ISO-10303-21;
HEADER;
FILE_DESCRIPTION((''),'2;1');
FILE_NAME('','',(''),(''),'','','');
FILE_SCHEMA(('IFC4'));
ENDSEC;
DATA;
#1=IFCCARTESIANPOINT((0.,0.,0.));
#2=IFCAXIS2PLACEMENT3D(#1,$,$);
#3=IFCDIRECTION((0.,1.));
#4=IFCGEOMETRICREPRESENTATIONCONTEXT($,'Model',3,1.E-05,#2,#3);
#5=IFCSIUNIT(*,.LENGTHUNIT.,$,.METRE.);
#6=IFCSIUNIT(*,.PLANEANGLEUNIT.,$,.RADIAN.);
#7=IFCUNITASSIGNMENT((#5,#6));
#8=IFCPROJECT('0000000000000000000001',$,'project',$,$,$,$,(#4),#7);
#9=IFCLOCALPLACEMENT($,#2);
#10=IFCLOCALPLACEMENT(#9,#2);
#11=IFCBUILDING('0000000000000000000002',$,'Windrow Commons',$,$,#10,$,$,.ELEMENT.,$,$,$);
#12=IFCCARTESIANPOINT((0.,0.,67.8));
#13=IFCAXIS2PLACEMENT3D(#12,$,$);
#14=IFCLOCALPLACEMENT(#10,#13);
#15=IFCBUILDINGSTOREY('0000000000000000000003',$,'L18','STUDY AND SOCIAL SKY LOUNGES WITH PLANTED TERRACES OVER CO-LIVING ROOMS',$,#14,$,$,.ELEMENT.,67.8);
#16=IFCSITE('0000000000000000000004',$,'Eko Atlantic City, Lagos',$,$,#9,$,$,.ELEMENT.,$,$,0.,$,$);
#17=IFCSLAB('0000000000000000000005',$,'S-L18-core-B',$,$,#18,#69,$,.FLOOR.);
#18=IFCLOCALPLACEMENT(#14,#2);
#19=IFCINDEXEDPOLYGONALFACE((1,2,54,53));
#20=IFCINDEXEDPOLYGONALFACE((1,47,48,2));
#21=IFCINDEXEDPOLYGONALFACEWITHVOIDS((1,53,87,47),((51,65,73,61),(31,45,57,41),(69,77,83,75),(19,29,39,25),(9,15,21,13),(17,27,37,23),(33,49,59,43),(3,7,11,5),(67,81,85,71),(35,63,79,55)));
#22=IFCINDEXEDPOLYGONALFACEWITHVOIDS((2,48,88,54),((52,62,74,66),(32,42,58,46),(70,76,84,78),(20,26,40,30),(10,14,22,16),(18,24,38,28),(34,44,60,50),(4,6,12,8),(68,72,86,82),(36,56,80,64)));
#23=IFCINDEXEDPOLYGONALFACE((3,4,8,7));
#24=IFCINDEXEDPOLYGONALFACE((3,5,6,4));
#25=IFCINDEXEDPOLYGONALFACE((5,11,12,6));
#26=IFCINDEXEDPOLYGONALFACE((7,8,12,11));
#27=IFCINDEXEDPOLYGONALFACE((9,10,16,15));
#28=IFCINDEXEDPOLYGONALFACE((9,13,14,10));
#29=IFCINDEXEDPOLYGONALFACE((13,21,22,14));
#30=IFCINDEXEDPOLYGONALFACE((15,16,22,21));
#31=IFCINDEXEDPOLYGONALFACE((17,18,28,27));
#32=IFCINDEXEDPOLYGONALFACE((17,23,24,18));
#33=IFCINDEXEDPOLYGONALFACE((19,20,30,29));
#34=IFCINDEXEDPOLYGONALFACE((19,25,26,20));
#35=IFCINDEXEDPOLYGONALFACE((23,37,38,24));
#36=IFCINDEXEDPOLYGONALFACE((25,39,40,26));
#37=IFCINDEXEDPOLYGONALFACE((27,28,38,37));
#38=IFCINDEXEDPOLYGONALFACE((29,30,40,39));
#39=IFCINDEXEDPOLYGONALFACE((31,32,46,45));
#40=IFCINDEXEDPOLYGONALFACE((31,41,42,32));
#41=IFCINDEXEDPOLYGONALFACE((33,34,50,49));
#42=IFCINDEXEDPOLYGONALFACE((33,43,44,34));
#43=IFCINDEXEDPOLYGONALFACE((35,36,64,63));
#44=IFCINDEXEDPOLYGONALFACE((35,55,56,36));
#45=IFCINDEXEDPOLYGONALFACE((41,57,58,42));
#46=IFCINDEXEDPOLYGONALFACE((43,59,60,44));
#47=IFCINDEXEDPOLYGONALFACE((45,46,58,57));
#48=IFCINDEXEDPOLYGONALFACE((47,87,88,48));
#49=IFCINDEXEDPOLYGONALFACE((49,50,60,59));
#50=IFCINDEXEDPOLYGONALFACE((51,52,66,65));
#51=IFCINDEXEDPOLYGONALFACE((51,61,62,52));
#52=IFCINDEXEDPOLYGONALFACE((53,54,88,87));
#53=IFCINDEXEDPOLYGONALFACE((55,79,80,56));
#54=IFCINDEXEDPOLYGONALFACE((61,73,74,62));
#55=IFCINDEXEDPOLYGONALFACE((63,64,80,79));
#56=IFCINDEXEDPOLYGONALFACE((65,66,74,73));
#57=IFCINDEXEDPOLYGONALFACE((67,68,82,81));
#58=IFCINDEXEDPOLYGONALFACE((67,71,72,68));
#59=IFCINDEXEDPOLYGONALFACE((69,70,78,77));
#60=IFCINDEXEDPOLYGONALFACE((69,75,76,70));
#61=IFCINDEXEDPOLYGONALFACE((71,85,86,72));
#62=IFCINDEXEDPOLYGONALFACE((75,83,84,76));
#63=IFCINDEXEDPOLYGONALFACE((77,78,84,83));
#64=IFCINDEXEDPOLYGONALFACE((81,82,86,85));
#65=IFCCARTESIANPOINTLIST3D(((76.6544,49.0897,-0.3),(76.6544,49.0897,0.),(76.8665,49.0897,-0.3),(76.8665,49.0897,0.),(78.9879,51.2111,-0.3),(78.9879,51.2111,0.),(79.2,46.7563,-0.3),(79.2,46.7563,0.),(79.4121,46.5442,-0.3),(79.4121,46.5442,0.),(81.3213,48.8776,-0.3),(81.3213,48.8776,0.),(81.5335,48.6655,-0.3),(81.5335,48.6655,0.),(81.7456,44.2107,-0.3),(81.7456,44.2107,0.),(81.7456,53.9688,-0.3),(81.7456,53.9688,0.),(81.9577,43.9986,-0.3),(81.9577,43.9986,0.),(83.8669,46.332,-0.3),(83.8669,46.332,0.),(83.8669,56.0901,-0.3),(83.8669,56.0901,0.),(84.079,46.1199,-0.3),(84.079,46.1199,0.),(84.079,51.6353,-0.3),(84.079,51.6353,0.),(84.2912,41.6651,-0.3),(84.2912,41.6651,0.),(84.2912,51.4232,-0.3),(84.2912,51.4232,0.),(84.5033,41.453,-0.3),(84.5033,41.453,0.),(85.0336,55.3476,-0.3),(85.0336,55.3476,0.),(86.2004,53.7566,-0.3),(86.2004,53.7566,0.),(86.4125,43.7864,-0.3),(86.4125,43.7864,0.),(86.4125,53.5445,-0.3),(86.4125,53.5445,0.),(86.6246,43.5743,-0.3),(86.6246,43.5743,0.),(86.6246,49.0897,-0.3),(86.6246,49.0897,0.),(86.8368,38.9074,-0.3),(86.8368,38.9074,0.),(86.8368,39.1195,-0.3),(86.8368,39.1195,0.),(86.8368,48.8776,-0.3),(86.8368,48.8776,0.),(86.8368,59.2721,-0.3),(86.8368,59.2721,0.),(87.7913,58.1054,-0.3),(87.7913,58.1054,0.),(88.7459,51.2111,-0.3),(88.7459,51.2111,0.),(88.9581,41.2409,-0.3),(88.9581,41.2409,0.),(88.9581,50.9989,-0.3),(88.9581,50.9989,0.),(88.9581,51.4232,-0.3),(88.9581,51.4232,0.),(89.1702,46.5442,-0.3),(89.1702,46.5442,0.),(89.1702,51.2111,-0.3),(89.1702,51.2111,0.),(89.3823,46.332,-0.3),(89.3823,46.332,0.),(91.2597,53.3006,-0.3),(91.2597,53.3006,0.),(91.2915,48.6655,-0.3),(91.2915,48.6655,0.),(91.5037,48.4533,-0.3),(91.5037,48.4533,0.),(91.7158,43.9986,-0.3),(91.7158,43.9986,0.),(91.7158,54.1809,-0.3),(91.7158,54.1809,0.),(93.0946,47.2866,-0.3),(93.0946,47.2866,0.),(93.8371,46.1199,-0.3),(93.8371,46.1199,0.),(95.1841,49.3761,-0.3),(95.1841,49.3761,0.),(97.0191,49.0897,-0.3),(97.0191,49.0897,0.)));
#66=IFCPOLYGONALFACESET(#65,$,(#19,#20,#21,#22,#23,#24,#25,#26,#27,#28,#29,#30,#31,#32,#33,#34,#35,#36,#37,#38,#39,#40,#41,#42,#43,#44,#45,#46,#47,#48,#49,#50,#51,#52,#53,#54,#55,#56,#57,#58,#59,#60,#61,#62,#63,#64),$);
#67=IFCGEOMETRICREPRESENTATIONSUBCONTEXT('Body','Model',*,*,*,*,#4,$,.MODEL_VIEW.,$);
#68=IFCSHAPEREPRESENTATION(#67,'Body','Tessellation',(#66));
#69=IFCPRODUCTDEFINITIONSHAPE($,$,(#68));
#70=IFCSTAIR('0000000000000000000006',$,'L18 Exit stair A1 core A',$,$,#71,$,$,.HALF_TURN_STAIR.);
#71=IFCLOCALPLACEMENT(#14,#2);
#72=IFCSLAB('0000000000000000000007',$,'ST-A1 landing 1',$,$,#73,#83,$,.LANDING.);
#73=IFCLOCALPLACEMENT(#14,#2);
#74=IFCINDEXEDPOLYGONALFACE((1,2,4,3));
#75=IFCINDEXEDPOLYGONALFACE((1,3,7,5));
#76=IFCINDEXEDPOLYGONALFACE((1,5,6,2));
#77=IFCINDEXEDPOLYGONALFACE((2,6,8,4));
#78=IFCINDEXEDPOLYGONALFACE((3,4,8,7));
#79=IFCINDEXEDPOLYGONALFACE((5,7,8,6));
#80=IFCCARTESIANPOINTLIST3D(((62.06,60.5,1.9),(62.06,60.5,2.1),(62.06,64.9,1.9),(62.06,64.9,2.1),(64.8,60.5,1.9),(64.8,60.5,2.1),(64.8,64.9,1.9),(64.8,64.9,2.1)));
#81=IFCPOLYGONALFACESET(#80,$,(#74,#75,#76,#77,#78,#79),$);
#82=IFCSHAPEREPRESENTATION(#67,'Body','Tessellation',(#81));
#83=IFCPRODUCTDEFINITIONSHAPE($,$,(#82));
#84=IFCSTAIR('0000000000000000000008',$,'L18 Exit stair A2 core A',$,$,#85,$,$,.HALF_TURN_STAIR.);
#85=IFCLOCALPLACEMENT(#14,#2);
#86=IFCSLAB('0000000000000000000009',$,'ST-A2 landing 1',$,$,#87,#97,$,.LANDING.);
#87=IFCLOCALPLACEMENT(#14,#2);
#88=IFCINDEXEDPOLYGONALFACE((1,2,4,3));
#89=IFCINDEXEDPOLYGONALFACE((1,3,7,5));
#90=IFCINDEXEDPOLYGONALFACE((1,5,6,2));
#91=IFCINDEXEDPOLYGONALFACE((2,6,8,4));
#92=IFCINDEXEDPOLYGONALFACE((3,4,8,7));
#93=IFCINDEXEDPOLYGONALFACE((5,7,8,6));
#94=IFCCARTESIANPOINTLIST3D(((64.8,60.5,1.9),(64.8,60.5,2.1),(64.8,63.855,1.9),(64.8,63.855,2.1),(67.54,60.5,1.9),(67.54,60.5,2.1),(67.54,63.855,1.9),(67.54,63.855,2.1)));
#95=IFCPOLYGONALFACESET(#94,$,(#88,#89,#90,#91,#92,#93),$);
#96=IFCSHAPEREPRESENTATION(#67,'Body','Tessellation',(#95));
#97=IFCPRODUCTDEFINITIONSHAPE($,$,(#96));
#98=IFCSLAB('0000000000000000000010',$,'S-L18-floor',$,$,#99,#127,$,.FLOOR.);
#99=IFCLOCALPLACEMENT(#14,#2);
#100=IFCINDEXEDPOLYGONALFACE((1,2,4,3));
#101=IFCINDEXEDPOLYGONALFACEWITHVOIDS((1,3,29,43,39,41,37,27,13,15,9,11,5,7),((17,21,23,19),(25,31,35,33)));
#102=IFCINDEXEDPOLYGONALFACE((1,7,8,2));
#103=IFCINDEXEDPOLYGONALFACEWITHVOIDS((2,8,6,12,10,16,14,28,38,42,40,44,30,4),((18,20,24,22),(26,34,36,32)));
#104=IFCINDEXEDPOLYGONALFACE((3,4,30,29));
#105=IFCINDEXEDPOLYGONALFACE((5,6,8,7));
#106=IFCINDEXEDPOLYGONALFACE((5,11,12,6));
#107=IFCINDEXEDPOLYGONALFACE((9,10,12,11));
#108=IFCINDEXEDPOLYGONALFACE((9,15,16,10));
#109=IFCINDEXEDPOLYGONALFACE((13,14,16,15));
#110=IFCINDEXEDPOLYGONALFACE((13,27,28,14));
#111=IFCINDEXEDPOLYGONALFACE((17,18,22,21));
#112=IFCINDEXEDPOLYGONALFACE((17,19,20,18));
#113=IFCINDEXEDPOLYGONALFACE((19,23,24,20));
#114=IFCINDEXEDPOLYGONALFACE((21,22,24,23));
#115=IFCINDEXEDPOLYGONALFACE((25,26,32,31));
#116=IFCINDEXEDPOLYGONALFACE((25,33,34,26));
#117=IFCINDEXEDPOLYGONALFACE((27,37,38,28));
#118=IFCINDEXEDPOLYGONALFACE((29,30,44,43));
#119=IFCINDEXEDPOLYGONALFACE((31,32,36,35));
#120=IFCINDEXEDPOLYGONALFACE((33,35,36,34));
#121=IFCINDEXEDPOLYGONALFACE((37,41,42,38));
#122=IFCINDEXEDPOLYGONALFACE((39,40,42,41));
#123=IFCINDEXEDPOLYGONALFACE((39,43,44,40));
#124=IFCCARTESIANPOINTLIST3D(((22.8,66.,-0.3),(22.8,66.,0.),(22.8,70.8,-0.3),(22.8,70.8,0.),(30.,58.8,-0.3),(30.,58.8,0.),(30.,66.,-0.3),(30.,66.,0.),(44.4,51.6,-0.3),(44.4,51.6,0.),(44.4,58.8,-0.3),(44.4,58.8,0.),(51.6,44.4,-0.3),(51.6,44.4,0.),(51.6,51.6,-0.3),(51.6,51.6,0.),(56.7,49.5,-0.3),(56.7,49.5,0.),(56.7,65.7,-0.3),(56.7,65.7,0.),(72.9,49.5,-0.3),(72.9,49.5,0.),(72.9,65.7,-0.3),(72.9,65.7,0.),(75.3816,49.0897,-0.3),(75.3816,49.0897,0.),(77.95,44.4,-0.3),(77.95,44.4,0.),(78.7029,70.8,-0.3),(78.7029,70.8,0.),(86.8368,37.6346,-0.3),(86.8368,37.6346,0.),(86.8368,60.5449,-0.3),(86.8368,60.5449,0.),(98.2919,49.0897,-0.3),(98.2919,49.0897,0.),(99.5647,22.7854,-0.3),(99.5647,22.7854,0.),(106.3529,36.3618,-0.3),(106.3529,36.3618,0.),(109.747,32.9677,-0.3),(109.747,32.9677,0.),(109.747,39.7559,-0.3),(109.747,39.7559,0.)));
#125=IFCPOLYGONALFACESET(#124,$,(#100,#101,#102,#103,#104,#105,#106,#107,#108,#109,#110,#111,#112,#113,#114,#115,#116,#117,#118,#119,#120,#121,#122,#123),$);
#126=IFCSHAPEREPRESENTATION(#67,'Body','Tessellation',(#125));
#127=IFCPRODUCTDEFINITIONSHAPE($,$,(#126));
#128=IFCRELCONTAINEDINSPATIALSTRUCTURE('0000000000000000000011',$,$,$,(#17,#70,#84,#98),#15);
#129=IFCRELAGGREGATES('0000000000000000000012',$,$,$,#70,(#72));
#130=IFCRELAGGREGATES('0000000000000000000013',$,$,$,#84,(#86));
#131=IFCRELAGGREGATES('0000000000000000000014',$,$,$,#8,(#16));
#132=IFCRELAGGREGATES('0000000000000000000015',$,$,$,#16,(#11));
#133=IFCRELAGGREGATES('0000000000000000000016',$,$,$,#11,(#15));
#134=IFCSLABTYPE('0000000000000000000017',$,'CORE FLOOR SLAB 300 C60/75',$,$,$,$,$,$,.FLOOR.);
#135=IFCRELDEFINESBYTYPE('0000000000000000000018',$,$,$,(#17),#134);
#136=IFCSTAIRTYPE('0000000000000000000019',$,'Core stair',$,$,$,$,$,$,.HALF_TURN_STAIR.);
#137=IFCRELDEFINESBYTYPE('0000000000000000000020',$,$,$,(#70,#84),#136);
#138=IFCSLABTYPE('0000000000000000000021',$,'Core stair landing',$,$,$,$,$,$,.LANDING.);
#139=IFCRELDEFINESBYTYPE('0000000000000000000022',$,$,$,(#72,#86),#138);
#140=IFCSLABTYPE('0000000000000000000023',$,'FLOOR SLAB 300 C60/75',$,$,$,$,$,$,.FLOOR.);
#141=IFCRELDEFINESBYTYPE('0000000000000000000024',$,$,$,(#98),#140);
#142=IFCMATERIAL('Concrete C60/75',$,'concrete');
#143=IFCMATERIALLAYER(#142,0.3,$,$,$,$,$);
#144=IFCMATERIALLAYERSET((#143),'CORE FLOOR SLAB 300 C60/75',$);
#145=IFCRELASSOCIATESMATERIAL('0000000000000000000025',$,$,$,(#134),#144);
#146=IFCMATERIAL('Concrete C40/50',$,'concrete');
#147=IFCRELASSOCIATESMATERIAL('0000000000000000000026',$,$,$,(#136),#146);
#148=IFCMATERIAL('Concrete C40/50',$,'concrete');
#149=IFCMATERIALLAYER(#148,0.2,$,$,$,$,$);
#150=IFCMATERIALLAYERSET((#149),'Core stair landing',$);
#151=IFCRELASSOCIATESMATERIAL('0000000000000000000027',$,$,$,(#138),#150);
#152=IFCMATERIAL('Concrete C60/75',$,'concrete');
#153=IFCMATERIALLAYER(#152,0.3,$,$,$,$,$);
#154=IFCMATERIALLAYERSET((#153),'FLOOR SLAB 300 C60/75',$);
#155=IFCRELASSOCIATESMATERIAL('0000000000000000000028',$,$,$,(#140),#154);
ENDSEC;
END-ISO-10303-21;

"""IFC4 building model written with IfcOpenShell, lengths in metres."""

from ifc_helpers import new_model, si_unit, direction, frame, origin, place, context, subcontext, project, spatial, polyline, outline, extrude, material, layer, layer_set, type_object, element, aggregate, save


model = new_model("IFC4")

# Units and contexts
model_context = context("Model", 3, precision=1e-05, world=origin(), true_north=direction((0.0, 1.0)))
body_context = subcontext(model_context, "Body", "Model", "MODEL_VIEW")
ifc_project = project(units=[si_unit("LENGTHUNIT", "METRE"), si_unit("PLANEANGLEUNIT", "RADIAN")], contexts=[model_context])

# Site, building, storey
site_placement = place(None, origin())
site = spatial("IfcSite", under=ifc_project, at=site_placement, Name="Eko Atlantic City, Lagos", CompositionType="ELEMENT", RefElevation=0.0)
building_placement = place(site_placement, origin())
building = spatial("IfcBuilding", under=site, at=building_placement, Name="Windrow Commons", CompositionType="ELEMENT")
storey_placement = place(building_placement, frame((0.0, 0.0, 67.8)))
storey = spatial("IfcBuildingStorey", under=building, at=storey_placement, Name="L18", Description="STUDY AND SOCIAL SKY LOUNGES WITH PLANTED TERRACES OVER CO-LIVING ROOMS", CompositionType="ELEMENT", Elevation=67.8)

# Slab, openings
ifc_material_1 = material(Name="Concrete C60/75", Category="concrete")
ifc_layer_1 = layer(ifc_material_1, 0.3)
ifc_layer_set_1 = layer_set([ifc_layer_1], Name="CORE FLOOR SLAB 300 C60/75")
slab_type_1 = type_object("IfcSlabType", Name="CORE FLOOR SLAB 300 C60/75", PredefinedType="FLOOR", material=ifc_layer_set_1)
placement_1 = place(storey_placement, frame((0.0, 0.0, -0.3)))
slab_1 = element("IfcSlab", 1, at=placement_1, inside=storey, type_object=slab_type_1, Name="S-L18-core-B", PredefinedType="FLOOR", context=body_context, shape_type="SweptSolid", body=[
    extrude(outline(polyline([(76.6544, 49.0897), (86.8368, 38.9074), (97.0191, 49.0897), (86.8368, 59.2721), (76.6544, 49.0897)]), holes=[polyline([(76.8665, 49.0897), (79.2, 46.7563), (81.3213, 48.8776), (78.9879, 51.2111), (76.8665, 49.0897)]), polyline([(79.4121, 46.5442), (81.7456, 44.2107), (83.8669, 46.332), (81.5335, 48.6655), (79.4121, 46.5442)]), polyline([(81.9577, 43.9986), (84.2912, 41.6651), (86.4125, 43.7864), (84.079, 46.1199), (81.9577, 43.9986)]), polyline([(84.5033, 41.453), (86.8368, 39.1195), (88.9581, 41.2409), (86.6246, 43.5743), (84.5033, 41.453)]), polyline([(81.7456, 53.9688), (84.079, 51.6353), (86.2004, 53.7566), (83.8669, 56.0901), (81.7456, 53.9688)]), polyline([(84.2912, 51.4232), (86.6246, 49.0897), (88.7459, 51.2111), (86.4125, 53.5445), (84.2912, 51.4232)]), polyline([(86.8368, 48.8776), (89.1702, 46.5442), (91.2915, 48.6655), (88.9581, 50.9989), (86.8368, 48.8776)]), polyline([(89.3823, 46.332), (91.7158, 43.9986), (93.8371, 46.1199), (91.5037, 48.4533), (89.3823, 46.332)]), polyline([(85.0336, 55.3476), (88.9581, 51.4232), (91.7158, 54.1809), (87.7913, 58.1054), (85.0336, 55.3476)]), polyline([(89.1702, 51.2111), (93.0946, 47.2866), (95.1841, 49.3761), (91.2597, 53.3006), (89.1702, 51.2111)])]), origin(), (0.0, 0.0, 1.0), 0.3),
])
opening_1_placement = place(placement_1, origin())
element("IfcOpeningElement", 2, at=opening_1_placement, cuts=slab_1, PredefinedType="OPENING", context=body_context, shape_type="SweptSolid", body=[
    extrude(outline(polyline([(76.8736, 49.0897), (78.9879, 51.204), (81.3142, 48.8776), (79.2, 46.7634), (76.8736, 49.0897)])), origin(), (0.0, 0.0, 1.0), 0.3),
])
opening_2_placement = place(placement_1, origin())
element("IfcOpeningElement", 3, at=opening_2_placement, cuts=slab_1, PredefinedType="OPENING", context=body_context, shape_type="SweptSolid", body=[
    extrude(outline(polyline([(79.4192, 46.5442), (81.5335, 48.6584), (83.8598, 46.332), (81.7456, 44.2178), (79.4192, 46.5442)])), origin(), (0.0, 0.0, 1.0), 0.3),
])
opening_3_placement = place(placement_1, origin())
element("IfcOpeningElement", 4, at=opening_3_placement, cuts=slab_1, PredefinedType="OPENING", context=body_context, shape_type="SweptSolid", body=[
    extrude(outline(polyline([(81.9648, 43.9986), (84.079, 46.1128), (86.4054, 43.7864), (84.2912, 41.6722), (81.9648, 43.9986)])), origin(), (0.0, 0.0, 1.0), 0.3),
])
opening_4_placement = place(placement_1, origin())
element("IfcOpeningElement", 5, at=opening_4_placement, cuts=slab_1, PredefinedType="OPENING", context=body_context, shape_type="SweptSolid", body=[
    extrude(outline(polyline([(84.5104, 41.453), (86.6246, 43.5672), (88.951, 41.2409), (86.8368, 39.1266), (84.5104, 41.453)])), origin(), (0.0, 0.0, 1.0), 0.3),
])
opening_5_placement = place(placement_1, origin())
element("IfcOpeningElement", 6, at=opening_5_placement, cuts=slab_1, PredefinedType="OPENING", context=body_context, shape_type="SweptSolid", body=[
    extrude(outline(polyline([(81.7527, 53.9688), (83.8669, 56.083), (86.1933, 53.7566), (84.079, 51.6424), (81.7527, 53.9688)])), origin(), (0.0, 0.0, 1.0), 0.3),
])
opening_6_placement = place(placement_1, origin())
element("IfcOpeningElement", 7, at=opening_6_placement, cuts=slab_1, PredefinedType="OPENING", context=body_context, shape_type="SweptSolid", body=[
    extrude(outline(polyline([(84.2983, 51.4232), (86.4125, 53.5374), (88.7388, 51.2111), (86.6246, 49.0968), (84.2983, 51.4232)])), origin(), (0.0, 0.0, 1.0), 0.3),
])
opening_7_placement = place(placement_1, origin())
element("IfcOpeningElement", 8, at=opening_7_placement, cuts=slab_1, PredefinedType="OPENING", context=body_context, shape_type="SweptSolid", body=[
    extrude(outline(polyline([(86.8439, 48.8776), (88.9581, 50.9918), (91.2844, 48.6655), (89.1702, 46.5513), (86.8439, 48.8776)])), origin(), (0.0, 0.0, 1.0), 0.3),
])
opening_8_placement = place(placement_1, origin())
element("IfcOpeningElement", 9, at=opening_8_placement, cuts=slab_1, PredefinedType="OPENING", context=body_context, shape_type="SweptSolid", body=[
    extrude(outline(polyline([(89.3894, 46.332), (91.5037, 48.4462), (93.83, 46.1199), (91.7158, 44.0057), (89.3894, 46.332)])), origin(), (0.0, 0.0, 1.0), 0.3),
])
opening_9_placement = place(placement_1, origin())
element("IfcOpeningElement", 10, at=opening_9_placement, cuts=slab_1, PredefinedType="OPENING", context=body_context, shape_type="SweptSolid", body=[
    extrude(outline(polyline([(85.0407, 55.3476), (87.7913, 58.0983), (91.7087, 54.1809), (88.9581, 51.4303), (85.0407, 55.3476)])), origin(), (0.0, 0.0, 1.0), 0.3),
])
opening_10_placement = place(placement_1, origin())
element("IfcOpeningElement", 11, at=opening_10_placement, cuts=slab_1, PredefinedType="OPENING", context=body_context, shape_type="SweptSolid", body=[
    extrude(outline(polyline([(89.1773, 51.2111), (91.2597, 53.2935), (95.177, 49.3761), (93.0946, 47.2937), (89.1773, 51.2111)])), origin(), (0.0, 0.0, 1.0), 0.3),
])

# Stairs, slabs
ifc_material_2 = material(Name="Concrete C40/50", Category="concrete")
stair_type = type_object("IfcStairType", Name="Core stair", PredefinedType="HALF_TURN_STAIR", material=ifc_material_2)
placement_2 = place(storey_placement, origin())
stair_1 = element("IfcStair", 12, at=placement_2, inside=storey, type_object=stair_type, Name="L18 Exit stair A1 core A", PredefinedType="HALF_TURN_STAIR")
ifc_material_3 = material(Name="Concrete C40/50", Category="concrete")
ifc_layer_2 = layer(ifc_material_3, 0.2)
ifc_layer_set_2 = layer_set([ifc_layer_2], Name="Core stair landing")
slab_type_2 = type_object("IfcSlabType", Name="Core stair landing", PredefinedType="LANDING", material=ifc_layer_set_2)
placement_3 = place(storey_placement, frame((0.0, 0.0, 1.9)))
slab_2 = element("IfcSlab", 13, at=placement_3, type_object=slab_type_2, Name="ST-A1 landing 1", PredefinedType="LANDING", context=body_context, shape_type="SweptSolid", body=[
    extrude(outline(polyline([(62.06, 60.5), (64.8, 60.5), (64.8, 64.9), (62.06, 64.9), (62.06, 60.5)])), origin(), (0.0, 0.0, 1.0), 0.2),
])
aggregate(stair_1, [slab_2])
stair_2 = element("IfcStair", 14, at=placement_2, inside=storey, type_object=stair_type, Name="L18 Exit stair A2 core A", PredefinedType="HALF_TURN_STAIR")
slab_3 = element("IfcSlab", 15, at=placement_3, type_object=slab_type_2, Name="ST-A2 landing 1", PredefinedType="LANDING", context=body_context, shape_type="SweptSolid", body=[
    extrude(outline(polyline([(64.8, 60.5), (67.54, 60.5), (67.54, 63.855), (64.8, 63.855), (64.8, 60.5)])), origin(), (0.0, 0.0, 1.0), 0.2),
])
aggregate(stair_2, [slab_3])

# Slab, openings
ifc_material_4 = material(Name="Concrete C60/75", Category="concrete")
ifc_layer_3 = layer(ifc_material_4, 0.3)
ifc_layer_set_3 = layer_set([ifc_layer_3], Name="FLOOR SLAB 300 C60/75")
slab_type_3 = type_object("IfcSlabType", Name="FLOOR SLAB 300 C60/75", PredefinedType="FLOOR", material=ifc_layer_set_3)
slab_4 = element("IfcSlab", 16, at=placement_1, inside=storey, type_object=slab_type_3, Name="S-L18-floor", PredefinedType="FLOOR", context=body_context, shape_type="SweptSolid", body=[
    extrude(outline(polyline([(109.747, 32.9677), (106.3529, 36.3618), (109.747, 39.7559), (78.7029, 70.8), (22.8, 70.8), (22.8, 66.0), (30.0, 66.0), (30.0, 58.8), (44.4, 58.8), (44.4, 51.6), (51.6, 51.6), (51.6, 44.4), (77.95, 44.4), (99.5647, 22.7854), (109.747, 32.9677)]), holes=[polyline([(75.3816, 49.0897), (86.8368, 60.5449), (98.2919, 49.0897), (86.8368, 37.6346), (75.3816, 49.0897)]), polyline([(56.7, 49.5), (56.7, 65.7), (72.9, 65.7), (72.9, 49.5), (56.7, 49.5)])]), origin(), (0.0, 0.0, 1.0), 0.3),
])
opening_11_placement = place(placement_1, origin())
element("IfcOpeningElement", 17, at=opening_11_placement, cuts=slab_4, PredefinedType="OPENING", context=body_context, shape_type="SweptSolid", body=[
    extrude(outline(polyline([(75.3887, 49.0897), (86.8368, 60.5378), (98.2848, 49.0897), (86.8368, 37.6417), (75.3887, 49.0897)])), origin(), (0.0, 0.0, 1.0), 0.3),
])
opening_12_placement = place(placement_1, origin())
element("IfcOpeningElement", 18, at=opening_12_placement, cuts=slab_4, PredefinedType="OPENING", context=body_context, shape_type="SweptSolid", body=[
    extrude(outline(polyline([(56.705, 49.505), (56.705, 65.695), (72.895, 65.695), (72.895, 49.505), (56.705, 49.505)])), origin(), (0.0, 0.0, 1.0), 0.3),
])

save(model, "model.ifc")
